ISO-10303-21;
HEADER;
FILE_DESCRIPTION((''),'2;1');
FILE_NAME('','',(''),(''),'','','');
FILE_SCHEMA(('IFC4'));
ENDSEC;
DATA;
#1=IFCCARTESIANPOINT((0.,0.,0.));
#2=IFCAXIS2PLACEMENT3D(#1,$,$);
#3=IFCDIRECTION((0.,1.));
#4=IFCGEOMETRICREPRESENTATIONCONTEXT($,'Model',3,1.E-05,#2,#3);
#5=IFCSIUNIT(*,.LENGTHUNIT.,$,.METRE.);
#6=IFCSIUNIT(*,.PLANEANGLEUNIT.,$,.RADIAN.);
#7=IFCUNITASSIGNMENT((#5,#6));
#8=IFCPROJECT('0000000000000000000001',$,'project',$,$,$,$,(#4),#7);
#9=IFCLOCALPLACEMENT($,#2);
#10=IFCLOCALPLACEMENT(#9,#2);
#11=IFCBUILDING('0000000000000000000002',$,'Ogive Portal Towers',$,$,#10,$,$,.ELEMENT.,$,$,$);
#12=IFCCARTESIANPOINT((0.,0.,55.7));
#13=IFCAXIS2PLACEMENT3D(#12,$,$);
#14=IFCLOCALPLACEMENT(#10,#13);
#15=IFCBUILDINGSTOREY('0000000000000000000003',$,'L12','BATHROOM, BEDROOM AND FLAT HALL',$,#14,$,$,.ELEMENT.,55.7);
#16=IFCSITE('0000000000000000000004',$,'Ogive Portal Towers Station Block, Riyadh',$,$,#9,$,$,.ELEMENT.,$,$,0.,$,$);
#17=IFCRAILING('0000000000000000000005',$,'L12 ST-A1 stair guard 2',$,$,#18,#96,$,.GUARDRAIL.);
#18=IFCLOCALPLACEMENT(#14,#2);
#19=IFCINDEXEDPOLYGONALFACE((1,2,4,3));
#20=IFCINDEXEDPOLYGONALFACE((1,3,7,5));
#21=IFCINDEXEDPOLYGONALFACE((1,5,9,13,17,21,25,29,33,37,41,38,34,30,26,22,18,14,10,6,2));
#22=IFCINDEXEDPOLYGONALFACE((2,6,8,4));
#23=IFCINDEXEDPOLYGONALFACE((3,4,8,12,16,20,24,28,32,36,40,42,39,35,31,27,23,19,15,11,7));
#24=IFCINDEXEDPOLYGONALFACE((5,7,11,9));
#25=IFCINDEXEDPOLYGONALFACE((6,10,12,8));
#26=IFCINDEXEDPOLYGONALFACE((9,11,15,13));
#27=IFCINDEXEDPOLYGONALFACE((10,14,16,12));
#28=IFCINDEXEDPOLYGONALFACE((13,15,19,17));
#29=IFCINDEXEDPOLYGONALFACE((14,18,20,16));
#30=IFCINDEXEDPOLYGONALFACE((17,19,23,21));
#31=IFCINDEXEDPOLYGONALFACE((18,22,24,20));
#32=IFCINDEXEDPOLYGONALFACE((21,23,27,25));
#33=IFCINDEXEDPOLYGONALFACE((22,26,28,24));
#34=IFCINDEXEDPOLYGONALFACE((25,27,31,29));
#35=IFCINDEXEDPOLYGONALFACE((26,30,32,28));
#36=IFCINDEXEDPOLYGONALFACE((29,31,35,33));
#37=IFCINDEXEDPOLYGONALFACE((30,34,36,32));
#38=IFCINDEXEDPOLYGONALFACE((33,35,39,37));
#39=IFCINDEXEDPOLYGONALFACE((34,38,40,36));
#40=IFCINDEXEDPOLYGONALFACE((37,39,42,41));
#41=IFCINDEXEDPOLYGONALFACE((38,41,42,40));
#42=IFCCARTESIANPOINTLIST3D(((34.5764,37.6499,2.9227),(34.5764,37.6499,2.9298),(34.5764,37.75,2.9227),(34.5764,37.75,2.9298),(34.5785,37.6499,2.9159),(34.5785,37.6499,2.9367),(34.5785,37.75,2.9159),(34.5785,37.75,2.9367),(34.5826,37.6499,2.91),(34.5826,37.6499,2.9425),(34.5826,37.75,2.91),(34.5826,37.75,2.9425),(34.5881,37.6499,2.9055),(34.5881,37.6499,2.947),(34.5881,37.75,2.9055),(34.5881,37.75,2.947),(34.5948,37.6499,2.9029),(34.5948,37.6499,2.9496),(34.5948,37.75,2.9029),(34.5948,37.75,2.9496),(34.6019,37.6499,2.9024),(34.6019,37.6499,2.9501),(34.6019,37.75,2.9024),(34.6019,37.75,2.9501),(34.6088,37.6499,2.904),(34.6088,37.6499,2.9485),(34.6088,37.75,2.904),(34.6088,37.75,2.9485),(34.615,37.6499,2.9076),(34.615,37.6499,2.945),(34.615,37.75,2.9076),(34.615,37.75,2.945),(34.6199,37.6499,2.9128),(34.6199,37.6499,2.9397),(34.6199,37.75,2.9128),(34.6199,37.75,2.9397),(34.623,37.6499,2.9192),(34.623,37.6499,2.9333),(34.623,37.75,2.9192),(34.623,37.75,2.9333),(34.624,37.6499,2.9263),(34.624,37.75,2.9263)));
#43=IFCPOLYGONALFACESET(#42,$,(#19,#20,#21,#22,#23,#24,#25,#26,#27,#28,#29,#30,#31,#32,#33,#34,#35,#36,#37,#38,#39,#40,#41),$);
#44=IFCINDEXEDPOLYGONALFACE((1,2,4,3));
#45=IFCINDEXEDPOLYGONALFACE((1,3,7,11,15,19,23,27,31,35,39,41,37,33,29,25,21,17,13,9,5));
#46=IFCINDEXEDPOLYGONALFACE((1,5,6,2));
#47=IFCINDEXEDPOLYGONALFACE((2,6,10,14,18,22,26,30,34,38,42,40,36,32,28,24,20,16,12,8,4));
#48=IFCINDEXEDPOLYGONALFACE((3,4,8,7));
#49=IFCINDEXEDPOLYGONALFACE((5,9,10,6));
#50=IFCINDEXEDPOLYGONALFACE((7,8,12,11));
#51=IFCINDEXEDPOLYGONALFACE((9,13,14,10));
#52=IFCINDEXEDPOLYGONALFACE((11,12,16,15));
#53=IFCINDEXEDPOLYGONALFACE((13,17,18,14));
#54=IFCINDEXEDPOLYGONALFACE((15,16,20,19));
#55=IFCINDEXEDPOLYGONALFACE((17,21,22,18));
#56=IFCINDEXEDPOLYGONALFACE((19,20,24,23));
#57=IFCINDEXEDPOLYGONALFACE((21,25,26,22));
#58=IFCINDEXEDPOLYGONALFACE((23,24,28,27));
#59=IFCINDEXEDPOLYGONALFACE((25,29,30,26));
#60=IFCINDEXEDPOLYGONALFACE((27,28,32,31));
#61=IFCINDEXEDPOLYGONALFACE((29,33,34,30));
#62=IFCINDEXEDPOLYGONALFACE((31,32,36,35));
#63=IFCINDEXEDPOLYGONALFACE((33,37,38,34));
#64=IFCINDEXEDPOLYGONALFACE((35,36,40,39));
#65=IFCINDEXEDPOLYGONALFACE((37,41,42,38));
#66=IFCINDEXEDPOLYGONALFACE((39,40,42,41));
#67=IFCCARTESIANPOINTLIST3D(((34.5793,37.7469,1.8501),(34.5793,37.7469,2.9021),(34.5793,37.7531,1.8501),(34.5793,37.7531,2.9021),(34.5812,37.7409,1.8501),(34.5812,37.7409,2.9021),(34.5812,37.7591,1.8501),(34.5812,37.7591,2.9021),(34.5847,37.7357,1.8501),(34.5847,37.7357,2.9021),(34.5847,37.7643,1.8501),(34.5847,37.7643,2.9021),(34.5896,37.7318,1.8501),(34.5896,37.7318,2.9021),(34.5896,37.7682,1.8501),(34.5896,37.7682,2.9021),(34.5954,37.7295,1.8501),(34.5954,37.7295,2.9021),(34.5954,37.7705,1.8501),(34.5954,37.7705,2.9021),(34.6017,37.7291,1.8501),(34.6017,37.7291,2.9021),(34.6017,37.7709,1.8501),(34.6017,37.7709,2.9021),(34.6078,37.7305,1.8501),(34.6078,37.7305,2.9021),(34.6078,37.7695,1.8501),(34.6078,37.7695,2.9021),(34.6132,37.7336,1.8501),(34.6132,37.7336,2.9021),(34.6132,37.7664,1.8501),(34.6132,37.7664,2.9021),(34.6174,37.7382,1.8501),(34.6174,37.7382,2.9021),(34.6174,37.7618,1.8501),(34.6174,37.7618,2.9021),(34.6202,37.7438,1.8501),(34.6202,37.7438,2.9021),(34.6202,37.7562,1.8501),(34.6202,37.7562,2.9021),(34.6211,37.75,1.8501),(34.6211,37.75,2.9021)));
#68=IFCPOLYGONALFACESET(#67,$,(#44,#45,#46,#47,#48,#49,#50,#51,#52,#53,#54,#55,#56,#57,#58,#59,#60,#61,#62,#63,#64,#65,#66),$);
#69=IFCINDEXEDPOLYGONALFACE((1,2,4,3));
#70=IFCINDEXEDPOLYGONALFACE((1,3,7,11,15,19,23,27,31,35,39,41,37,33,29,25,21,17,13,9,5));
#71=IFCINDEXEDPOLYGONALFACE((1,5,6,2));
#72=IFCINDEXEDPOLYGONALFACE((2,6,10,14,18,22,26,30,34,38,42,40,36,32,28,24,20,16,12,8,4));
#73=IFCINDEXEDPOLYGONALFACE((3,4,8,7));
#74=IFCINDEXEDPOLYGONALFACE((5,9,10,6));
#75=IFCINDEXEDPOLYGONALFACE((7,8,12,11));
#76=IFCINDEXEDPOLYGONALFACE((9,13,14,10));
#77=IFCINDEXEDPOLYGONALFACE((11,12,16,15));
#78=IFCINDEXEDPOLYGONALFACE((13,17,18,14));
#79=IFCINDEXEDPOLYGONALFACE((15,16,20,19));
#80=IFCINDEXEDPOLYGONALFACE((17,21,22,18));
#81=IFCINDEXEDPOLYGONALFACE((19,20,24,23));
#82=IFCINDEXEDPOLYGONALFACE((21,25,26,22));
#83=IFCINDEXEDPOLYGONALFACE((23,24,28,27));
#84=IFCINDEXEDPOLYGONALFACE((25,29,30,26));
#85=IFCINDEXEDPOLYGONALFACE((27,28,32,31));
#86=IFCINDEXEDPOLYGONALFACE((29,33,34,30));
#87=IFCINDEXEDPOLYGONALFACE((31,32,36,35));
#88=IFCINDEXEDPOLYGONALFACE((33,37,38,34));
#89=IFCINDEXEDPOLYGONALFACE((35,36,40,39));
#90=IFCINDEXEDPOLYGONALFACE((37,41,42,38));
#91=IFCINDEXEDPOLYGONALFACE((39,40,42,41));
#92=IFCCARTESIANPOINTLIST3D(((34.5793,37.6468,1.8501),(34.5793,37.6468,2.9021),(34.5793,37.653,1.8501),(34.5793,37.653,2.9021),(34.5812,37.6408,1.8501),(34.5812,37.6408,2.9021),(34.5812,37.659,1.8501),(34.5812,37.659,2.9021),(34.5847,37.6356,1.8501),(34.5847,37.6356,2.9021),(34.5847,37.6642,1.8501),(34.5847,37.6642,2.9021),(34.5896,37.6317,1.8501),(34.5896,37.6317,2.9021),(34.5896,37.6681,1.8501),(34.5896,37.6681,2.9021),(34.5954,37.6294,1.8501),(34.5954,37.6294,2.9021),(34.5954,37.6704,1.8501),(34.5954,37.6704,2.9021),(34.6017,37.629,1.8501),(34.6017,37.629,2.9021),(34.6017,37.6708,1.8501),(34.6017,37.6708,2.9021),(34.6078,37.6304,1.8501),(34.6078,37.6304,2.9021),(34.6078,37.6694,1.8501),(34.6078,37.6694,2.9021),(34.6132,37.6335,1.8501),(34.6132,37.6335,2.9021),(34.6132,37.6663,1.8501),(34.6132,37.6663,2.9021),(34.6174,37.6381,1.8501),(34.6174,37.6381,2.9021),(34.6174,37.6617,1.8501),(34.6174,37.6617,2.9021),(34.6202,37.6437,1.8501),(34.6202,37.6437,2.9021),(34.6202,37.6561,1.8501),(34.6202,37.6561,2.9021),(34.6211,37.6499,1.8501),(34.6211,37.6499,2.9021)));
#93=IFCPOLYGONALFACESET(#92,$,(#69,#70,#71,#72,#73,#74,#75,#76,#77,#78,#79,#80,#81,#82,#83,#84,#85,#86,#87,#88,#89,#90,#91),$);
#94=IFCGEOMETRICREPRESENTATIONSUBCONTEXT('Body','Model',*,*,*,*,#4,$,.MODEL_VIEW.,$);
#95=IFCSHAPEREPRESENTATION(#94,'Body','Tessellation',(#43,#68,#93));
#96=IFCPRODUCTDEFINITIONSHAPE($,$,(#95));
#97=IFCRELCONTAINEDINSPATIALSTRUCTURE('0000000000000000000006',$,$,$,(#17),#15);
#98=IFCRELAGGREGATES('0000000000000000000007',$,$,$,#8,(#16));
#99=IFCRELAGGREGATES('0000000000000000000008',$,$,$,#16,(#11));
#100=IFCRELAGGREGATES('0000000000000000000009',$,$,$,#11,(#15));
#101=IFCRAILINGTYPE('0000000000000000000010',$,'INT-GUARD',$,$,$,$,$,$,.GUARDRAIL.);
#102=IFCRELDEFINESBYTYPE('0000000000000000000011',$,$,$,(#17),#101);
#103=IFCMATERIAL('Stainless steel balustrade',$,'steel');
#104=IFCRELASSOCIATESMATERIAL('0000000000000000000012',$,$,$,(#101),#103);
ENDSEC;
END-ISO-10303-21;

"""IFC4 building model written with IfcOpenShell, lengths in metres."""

from ifc_helpers import new_model, si_unit, direction, frame, origin, origin_2d, place, context, subcontext, project, spatial, circle, extrude, material, type_object, element, save


model = new_model("IFC4")

# Units and contexts
model_context = context("Model", 3, precision=1e-05, world=origin(), true_north=direction((0.0, 1.0)))
body_context = subcontext(model_context, "Body", "Model", "MODEL_VIEW")
ifc_project = project(units=[si_unit("LENGTHUNIT", "METRE"), si_unit("PLANEANGLEUNIT", "RADIAN")], contexts=[model_context])

# Site, building, storey
site_placement = place(None, origin())
site = spatial("IfcSite", under=ifc_project, at=site_placement, Name="Ogive Portal Towers Station Block, Riyadh", CompositionType="ELEMENT", RefElevation=0.0)
building_placement = place(site_placement, origin())
building = spatial("IfcBuilding", under=site, at=building_placement, Name="Ogive Portal Towers", CompositionType="ELEMENT")
storey_placement = place(building_placement, frame((0.0, 0.0, 55.7)))
storey = spatial("IfcBuildingStorey", under=building, at=storey_placement, Name="L12", Description="BATHROOM, BEDROOM AND FLAT HALL", CompositionType="ELEMENT", Elevation=55.7)

# Railing
ifc_material_1 = material(Name="Stainless steel balustrade", Category="steel")
railing_type_1 = type_object("IfcRailingType", Name="INT-GUARD", PredefinedType="GUARDRAIL", material=ifc_material_1)
railing_1_placement = place(storey_placement, frame((34.6001, 37.75, 1.8501)))
element("IfcRailing", 1, at=railing_1_placement, inside=storey, type_object=railing_type_1, Name="L12 ST-A1 stair guard 2", PredefinedType="GUARDRAIL", context=body_context, shape_type="SweptSolid", body=[
    extrude(circle(Radius=0.0239, at=origin_2d()), frame((0.0, 0.0, 1.0762), z_axis=(0.0, -1.0, 0.0), x_axis=(1.0, 0.0, 0.0)), (0.0, 0.0, 1.0), 0.1001),
    extrude(circle(Radius=0.021, at=origin_2d()), origin(), (0.0, 0.0, 1.0), 1.052),
    extrude(circle(Radius=0.021, at=origin_2d()), frame((0.0, -0.1001, 0.0)), (0.0, 0.0, 1.0), 1.052),
])

save(model, "model.ifc")
